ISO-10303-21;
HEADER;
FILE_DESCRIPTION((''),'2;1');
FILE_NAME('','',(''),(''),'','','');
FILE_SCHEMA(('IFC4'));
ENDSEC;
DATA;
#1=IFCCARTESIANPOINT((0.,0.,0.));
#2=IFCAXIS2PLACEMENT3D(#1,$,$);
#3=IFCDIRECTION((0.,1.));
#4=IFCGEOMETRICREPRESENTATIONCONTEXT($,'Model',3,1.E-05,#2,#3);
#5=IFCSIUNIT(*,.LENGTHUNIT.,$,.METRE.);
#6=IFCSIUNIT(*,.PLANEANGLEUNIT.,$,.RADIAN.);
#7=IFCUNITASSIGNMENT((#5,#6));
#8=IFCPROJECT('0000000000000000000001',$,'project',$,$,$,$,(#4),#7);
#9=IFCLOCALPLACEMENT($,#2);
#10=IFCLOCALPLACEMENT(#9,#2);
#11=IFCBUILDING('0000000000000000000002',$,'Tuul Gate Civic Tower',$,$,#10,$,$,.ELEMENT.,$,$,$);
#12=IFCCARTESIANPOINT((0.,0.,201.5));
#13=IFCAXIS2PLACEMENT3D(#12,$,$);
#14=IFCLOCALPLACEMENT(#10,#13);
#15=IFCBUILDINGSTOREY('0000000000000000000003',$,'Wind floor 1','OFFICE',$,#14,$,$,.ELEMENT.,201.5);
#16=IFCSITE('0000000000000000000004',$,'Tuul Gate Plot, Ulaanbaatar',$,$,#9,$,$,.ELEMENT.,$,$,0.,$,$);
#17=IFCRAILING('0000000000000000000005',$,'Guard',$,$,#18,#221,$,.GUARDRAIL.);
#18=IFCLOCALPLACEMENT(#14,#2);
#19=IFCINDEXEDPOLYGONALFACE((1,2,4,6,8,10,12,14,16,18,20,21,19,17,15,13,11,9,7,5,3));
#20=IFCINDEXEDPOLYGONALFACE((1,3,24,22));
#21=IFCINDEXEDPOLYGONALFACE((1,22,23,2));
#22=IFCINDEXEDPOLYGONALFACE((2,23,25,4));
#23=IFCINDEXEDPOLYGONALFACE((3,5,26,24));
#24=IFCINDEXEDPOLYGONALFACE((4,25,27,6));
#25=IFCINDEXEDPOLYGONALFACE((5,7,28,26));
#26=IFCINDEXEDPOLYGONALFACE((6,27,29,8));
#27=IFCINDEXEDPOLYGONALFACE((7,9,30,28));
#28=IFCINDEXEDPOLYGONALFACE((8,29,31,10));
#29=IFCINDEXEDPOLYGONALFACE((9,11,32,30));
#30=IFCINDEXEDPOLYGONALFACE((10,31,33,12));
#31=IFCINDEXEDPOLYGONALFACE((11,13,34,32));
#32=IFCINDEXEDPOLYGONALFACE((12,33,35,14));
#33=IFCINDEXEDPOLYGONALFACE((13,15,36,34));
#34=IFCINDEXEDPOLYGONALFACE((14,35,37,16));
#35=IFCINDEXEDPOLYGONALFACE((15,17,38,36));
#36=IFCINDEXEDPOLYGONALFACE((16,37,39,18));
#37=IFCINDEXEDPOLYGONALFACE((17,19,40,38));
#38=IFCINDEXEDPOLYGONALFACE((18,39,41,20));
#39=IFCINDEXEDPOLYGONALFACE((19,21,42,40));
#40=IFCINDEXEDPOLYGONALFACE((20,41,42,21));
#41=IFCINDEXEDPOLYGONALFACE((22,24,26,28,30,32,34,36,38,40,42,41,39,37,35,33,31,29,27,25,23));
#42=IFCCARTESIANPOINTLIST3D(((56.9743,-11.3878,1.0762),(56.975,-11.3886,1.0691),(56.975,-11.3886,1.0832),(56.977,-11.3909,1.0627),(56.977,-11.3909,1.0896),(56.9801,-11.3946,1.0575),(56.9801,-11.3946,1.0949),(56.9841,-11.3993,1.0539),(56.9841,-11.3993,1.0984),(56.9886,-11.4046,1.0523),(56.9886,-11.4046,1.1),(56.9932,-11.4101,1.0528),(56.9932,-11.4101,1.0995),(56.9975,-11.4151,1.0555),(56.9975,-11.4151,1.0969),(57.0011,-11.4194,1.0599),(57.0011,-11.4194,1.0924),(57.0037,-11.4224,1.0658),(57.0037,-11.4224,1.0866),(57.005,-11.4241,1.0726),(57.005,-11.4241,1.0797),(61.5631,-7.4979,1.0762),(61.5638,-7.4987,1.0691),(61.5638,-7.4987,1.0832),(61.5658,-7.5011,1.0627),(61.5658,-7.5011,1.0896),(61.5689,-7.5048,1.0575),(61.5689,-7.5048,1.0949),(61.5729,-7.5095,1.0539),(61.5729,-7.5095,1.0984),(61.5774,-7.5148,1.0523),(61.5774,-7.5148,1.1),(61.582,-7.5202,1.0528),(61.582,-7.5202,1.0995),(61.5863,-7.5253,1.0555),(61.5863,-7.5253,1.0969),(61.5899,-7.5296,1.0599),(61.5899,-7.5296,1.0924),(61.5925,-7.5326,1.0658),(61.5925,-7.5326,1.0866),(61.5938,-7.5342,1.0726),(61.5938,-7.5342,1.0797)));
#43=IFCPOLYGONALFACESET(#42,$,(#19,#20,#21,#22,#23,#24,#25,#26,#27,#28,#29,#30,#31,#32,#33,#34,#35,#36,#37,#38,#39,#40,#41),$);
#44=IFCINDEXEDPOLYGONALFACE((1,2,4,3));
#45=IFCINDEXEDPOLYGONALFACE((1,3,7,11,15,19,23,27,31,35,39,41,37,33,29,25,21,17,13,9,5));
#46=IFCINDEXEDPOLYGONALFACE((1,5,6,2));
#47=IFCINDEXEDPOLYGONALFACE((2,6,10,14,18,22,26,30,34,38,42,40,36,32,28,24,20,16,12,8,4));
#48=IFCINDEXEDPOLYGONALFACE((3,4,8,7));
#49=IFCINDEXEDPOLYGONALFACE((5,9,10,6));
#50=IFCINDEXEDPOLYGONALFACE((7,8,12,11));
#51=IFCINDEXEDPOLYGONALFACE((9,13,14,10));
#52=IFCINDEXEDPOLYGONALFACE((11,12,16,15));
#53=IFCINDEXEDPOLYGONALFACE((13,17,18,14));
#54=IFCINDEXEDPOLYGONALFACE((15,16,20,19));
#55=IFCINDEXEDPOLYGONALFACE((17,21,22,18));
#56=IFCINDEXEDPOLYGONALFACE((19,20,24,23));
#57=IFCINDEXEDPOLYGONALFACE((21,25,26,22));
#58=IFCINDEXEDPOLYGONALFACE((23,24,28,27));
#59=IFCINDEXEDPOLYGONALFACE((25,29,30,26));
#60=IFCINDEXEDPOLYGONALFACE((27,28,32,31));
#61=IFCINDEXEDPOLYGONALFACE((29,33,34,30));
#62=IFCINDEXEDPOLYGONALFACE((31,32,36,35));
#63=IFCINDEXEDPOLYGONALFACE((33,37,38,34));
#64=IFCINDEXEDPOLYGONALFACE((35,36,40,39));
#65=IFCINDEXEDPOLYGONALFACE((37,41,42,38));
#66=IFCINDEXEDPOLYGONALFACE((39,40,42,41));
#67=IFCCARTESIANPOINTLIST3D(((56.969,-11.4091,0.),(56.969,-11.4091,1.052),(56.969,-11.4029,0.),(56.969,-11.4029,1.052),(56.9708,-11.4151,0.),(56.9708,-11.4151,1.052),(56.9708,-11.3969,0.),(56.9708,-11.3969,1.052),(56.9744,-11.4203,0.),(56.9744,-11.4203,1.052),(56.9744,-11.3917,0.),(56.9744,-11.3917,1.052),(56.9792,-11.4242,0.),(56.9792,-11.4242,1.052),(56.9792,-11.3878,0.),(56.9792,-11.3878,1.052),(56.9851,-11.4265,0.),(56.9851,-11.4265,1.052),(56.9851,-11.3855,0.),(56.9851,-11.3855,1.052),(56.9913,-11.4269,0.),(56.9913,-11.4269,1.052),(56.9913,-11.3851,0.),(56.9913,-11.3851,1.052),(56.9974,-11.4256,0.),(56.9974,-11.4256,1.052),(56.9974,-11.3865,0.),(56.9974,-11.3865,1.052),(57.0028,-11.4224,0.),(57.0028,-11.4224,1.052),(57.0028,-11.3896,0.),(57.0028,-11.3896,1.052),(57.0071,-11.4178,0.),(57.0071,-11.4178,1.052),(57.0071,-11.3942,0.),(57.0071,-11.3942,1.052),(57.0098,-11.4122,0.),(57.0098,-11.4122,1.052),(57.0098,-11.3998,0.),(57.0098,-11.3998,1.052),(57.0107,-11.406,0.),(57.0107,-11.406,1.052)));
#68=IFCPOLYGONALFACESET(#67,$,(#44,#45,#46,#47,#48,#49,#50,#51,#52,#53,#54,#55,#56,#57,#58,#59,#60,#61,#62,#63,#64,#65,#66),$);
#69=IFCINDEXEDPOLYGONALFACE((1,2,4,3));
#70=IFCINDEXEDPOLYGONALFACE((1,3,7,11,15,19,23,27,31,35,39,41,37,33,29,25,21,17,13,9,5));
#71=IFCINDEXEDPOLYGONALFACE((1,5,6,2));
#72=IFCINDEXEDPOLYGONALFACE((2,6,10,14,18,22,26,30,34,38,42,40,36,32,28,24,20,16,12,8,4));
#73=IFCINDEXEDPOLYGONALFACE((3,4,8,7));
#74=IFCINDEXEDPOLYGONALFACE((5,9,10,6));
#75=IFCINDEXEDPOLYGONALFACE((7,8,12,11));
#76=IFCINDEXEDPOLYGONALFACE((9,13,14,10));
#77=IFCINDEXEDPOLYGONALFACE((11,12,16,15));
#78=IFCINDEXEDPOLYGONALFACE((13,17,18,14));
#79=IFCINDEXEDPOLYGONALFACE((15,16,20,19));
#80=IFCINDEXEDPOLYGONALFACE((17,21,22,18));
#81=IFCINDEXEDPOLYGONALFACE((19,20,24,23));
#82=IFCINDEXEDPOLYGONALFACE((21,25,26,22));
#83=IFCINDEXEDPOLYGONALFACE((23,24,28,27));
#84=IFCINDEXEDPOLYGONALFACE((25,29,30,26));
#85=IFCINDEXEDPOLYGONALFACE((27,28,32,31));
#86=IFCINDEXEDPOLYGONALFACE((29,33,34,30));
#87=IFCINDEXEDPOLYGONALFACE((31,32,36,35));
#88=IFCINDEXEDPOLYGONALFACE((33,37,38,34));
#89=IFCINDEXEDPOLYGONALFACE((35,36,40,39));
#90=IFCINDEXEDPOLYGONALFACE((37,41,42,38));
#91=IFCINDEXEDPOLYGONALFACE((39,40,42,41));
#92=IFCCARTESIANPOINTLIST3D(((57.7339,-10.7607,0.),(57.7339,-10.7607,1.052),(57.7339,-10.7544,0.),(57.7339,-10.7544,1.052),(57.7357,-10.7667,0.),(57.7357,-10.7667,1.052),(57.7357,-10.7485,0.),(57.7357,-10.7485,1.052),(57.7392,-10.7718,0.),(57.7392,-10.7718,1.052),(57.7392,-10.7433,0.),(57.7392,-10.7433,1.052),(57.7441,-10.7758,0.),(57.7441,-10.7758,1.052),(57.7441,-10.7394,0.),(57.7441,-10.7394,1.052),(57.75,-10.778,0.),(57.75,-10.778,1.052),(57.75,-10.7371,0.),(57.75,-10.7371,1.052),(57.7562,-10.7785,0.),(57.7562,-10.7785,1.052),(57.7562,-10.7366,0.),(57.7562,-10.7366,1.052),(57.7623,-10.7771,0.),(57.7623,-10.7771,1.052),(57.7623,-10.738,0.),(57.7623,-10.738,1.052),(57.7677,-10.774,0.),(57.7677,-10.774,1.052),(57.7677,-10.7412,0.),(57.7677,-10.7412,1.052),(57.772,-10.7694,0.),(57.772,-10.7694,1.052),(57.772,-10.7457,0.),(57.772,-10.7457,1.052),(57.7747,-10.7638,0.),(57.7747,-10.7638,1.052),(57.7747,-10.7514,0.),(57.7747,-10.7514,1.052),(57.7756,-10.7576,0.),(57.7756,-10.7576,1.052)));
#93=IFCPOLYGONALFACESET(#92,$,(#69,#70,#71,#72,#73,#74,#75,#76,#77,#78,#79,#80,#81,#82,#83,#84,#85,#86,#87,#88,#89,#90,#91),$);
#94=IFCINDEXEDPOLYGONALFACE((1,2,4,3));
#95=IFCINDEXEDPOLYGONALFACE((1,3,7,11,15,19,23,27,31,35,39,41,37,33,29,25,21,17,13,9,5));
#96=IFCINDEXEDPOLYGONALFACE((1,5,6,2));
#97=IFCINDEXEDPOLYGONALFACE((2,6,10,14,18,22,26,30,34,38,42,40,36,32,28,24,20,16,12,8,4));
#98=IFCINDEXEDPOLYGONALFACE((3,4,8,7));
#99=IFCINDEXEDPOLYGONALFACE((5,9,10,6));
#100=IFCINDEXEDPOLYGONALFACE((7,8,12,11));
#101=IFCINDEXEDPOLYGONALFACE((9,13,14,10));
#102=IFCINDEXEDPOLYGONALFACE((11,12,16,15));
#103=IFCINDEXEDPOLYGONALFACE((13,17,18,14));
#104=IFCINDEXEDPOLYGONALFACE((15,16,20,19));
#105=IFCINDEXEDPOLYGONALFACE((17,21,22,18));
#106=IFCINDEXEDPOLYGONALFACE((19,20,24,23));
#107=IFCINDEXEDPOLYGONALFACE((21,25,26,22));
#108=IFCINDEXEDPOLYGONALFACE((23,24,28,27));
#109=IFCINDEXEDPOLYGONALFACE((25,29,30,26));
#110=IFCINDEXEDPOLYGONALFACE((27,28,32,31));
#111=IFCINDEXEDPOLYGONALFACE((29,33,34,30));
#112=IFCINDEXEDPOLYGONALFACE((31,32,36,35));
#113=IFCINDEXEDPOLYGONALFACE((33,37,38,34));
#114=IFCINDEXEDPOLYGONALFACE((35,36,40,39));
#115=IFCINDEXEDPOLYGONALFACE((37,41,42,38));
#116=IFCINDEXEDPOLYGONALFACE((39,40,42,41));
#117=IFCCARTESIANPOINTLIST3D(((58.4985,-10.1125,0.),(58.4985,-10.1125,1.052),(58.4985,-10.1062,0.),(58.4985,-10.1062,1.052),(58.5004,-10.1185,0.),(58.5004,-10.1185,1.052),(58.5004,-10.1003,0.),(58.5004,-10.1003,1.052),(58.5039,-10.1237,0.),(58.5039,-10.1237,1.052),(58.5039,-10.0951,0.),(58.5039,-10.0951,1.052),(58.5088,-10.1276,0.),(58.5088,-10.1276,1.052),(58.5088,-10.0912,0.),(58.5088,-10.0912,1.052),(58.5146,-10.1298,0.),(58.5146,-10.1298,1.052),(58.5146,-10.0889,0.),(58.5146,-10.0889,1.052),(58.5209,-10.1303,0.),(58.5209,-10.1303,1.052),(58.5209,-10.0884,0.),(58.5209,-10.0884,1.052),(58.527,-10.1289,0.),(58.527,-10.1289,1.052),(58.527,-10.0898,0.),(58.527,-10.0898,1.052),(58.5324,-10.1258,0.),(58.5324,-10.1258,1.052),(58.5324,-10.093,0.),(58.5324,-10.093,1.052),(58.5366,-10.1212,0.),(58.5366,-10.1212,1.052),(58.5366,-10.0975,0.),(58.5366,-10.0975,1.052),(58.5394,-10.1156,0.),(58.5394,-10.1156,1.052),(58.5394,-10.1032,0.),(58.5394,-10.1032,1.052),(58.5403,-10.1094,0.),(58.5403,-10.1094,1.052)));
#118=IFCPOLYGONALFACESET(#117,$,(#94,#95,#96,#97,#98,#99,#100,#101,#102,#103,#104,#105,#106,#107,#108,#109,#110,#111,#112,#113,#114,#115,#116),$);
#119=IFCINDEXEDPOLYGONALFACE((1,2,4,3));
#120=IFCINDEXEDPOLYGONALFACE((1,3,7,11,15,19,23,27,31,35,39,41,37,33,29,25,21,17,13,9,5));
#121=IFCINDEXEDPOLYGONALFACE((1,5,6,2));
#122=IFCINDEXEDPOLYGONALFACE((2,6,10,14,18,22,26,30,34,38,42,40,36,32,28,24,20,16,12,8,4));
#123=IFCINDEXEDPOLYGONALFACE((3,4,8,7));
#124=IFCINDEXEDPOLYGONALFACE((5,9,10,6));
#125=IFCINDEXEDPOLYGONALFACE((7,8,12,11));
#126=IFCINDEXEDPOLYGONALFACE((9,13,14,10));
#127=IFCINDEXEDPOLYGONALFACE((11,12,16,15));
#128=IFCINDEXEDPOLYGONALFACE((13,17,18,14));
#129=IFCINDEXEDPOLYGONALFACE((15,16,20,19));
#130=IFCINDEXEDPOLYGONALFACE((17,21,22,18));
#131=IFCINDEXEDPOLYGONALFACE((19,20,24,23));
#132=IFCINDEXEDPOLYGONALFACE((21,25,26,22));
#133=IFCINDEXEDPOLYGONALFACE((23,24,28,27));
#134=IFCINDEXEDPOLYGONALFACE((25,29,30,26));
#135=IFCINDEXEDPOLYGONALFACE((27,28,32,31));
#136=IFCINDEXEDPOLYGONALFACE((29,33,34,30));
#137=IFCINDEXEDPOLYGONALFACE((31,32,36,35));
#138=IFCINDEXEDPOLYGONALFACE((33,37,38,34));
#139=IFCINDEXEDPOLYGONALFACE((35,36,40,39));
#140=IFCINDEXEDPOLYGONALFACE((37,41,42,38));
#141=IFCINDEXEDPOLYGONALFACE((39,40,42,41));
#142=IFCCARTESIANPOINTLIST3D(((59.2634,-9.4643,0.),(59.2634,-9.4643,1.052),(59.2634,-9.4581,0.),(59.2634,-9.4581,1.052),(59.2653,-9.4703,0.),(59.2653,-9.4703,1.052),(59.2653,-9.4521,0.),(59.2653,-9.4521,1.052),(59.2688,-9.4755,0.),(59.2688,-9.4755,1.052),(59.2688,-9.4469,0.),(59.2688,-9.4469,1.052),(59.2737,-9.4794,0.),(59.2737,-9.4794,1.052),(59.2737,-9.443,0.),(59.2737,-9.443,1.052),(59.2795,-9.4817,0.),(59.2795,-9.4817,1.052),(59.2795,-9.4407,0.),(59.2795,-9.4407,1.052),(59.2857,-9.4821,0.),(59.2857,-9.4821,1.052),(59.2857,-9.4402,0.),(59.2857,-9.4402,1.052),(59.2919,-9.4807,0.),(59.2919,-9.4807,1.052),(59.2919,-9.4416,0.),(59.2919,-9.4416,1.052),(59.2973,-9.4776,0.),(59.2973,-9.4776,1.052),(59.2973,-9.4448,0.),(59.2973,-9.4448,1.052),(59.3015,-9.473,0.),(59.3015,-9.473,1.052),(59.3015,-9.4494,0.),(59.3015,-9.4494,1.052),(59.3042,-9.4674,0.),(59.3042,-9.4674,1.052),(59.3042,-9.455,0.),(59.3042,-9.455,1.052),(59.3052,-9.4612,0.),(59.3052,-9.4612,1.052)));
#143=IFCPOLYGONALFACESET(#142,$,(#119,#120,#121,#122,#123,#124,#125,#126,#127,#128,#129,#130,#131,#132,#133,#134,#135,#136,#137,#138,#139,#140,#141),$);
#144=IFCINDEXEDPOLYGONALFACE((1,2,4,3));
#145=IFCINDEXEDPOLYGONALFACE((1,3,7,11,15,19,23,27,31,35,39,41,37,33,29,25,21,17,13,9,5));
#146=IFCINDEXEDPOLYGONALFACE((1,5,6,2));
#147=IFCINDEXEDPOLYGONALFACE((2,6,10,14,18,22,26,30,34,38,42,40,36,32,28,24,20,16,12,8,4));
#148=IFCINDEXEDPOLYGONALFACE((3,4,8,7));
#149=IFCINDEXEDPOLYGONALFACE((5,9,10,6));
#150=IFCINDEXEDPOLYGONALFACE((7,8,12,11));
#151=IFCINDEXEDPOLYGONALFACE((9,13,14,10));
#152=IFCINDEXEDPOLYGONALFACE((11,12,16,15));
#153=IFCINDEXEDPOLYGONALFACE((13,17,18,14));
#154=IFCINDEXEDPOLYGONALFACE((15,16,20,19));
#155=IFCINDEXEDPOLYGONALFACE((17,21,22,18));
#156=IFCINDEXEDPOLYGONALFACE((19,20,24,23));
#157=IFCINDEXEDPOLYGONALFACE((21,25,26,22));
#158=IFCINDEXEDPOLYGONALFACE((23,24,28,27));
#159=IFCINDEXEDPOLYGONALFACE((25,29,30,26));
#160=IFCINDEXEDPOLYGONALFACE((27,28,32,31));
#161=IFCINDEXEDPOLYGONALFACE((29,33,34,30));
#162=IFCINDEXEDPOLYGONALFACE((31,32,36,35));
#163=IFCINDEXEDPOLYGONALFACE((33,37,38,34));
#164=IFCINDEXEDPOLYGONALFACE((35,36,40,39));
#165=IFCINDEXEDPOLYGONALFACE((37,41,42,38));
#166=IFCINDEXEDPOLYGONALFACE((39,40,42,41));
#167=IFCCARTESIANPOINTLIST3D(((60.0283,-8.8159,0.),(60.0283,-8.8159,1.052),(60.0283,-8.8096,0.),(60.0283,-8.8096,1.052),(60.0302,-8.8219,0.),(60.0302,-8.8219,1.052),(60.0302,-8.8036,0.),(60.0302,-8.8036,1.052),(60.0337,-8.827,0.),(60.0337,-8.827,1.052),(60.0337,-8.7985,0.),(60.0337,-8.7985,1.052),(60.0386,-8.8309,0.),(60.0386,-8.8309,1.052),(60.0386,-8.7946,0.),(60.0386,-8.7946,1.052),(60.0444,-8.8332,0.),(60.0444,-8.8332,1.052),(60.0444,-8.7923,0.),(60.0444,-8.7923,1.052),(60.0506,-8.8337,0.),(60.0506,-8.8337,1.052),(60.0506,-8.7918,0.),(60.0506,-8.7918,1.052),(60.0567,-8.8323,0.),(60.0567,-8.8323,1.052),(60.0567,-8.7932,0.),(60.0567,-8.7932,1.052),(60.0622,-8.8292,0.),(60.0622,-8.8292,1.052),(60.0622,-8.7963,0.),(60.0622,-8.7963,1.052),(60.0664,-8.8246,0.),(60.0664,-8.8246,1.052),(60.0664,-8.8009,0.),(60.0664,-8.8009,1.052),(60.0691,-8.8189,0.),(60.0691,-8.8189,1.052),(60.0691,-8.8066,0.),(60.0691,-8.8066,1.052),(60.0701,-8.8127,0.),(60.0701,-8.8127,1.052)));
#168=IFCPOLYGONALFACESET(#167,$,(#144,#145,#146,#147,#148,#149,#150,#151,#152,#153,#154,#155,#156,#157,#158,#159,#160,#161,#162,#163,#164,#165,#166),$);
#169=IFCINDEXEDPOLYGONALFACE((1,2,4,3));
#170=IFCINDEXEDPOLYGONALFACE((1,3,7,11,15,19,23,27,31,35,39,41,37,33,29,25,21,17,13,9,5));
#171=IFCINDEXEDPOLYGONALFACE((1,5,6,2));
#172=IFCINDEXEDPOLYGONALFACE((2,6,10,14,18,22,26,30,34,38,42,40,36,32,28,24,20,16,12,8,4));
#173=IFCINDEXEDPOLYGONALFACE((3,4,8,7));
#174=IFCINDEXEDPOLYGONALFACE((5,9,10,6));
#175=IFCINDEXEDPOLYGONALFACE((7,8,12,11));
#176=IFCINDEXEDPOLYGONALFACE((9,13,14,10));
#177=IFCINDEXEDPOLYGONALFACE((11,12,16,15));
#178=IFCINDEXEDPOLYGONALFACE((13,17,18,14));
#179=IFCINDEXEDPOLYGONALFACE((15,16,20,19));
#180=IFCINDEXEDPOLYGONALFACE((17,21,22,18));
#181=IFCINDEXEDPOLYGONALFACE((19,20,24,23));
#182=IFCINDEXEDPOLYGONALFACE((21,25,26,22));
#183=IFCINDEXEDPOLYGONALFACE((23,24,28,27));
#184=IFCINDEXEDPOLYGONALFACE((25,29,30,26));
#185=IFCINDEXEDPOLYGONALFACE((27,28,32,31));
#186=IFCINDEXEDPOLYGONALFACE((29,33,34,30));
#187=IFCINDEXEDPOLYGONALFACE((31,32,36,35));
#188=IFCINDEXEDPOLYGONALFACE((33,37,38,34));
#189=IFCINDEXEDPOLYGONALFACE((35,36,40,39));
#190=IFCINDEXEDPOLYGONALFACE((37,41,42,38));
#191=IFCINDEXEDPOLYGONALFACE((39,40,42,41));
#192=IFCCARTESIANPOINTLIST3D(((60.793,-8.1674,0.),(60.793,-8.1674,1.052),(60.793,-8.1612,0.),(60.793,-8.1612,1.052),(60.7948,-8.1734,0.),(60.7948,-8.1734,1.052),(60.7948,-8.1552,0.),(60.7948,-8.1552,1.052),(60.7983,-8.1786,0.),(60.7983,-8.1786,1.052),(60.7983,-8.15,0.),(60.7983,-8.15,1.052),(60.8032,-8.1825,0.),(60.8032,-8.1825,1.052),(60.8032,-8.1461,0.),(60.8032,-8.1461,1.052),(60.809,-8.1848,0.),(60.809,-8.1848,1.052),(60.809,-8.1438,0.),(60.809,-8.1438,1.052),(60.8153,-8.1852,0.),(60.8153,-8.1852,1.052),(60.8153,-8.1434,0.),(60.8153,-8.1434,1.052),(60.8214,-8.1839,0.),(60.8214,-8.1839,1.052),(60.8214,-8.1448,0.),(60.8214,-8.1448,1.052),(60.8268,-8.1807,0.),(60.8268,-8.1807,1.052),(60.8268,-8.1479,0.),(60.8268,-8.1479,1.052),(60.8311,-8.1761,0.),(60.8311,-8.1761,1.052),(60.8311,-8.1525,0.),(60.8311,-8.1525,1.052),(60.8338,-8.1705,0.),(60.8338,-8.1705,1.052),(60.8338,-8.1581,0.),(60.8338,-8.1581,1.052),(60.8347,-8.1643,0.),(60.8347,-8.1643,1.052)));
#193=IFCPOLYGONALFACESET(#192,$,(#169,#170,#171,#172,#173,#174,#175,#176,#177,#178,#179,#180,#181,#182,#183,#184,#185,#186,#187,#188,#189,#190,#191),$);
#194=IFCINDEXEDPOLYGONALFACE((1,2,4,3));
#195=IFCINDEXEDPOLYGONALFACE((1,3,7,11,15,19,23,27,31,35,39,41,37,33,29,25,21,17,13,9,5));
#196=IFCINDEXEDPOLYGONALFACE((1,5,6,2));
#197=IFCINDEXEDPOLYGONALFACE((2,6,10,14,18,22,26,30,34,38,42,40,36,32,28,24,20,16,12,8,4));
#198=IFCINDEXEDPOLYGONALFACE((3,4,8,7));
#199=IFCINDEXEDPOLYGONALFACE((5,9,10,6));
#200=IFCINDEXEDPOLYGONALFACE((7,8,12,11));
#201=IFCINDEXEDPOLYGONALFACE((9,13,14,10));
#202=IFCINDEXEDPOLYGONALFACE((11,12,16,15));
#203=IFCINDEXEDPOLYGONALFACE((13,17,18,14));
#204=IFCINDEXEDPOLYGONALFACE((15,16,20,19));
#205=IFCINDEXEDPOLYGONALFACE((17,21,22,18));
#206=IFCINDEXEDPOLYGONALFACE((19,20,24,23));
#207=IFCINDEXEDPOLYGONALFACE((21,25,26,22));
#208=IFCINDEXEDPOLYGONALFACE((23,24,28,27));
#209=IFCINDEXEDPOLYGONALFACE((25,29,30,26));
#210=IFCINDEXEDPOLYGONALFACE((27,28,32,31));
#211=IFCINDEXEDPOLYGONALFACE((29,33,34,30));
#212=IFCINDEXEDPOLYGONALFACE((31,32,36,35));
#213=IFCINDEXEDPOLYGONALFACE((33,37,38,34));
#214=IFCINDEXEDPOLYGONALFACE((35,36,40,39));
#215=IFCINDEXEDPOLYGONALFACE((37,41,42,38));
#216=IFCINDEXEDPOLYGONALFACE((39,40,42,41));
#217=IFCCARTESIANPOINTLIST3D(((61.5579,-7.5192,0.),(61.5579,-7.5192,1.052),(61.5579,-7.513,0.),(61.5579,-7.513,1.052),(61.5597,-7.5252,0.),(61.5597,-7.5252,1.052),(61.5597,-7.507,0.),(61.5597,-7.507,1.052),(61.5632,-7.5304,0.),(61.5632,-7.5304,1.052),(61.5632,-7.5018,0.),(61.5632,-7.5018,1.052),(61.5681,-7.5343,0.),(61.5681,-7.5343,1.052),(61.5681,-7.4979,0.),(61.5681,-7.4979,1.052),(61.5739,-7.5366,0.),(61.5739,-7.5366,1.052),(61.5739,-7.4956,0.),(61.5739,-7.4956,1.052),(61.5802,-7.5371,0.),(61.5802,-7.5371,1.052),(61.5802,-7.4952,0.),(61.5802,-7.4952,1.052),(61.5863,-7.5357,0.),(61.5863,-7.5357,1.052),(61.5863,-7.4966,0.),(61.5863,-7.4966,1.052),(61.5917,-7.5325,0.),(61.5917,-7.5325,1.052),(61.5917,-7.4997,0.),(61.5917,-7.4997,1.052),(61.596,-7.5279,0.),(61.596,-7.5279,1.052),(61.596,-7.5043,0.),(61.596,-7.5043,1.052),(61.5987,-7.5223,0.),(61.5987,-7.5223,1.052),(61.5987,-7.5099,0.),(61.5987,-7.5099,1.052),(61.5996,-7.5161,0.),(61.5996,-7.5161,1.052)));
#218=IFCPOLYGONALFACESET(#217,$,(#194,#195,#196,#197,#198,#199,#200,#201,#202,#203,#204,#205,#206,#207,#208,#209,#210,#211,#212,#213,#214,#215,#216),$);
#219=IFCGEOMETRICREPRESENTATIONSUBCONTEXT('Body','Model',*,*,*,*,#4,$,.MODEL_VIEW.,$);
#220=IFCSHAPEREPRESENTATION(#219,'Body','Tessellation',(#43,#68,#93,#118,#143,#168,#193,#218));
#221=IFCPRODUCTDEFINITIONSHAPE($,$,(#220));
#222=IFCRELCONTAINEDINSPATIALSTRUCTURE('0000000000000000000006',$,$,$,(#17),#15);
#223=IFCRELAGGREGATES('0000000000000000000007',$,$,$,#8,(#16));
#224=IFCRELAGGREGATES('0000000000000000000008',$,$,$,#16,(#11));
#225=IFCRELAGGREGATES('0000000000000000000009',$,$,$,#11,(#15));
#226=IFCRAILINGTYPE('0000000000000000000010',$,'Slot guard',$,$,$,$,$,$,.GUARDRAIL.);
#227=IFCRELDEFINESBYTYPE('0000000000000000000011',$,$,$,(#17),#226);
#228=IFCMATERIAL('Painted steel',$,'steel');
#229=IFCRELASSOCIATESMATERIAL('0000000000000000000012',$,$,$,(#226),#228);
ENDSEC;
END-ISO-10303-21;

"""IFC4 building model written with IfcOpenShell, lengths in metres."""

from ifc_helpers import new_model, si_unit, direction, frame, origin, origin_2d, place, context, subcontext, project, spatial, circle, extrude, material, type_object, element, save


model = new_model("IFC4")

# Units and contexts
model_context = context("Model", 3, precision=1e-05, world=origin(), true_north=direction((0.0, 1.0)))
body_context = subcontext(model_context, "Body", "Model", "MODEL_VIEW")
ifc_project = project(units=[si_unit("LENGTHUNIT", "METRE"), si_unit("PLANEANGLEUNIT", "RADIAN")], contexts=[model_context])

# Site, building, storey
site_placement = place(None, origin())
site = spatial("IfcSite", under=ifc_project, at=site_placement, Name="Tuul Gate Plot, Ulaanbaatar", CompositionType="ELEMENT", RefElevation=0.0)
building_placement = place(site_placement, origin())
building = spatial("IfcBuilding", under=site, at=building_placement, Name="Tuul Gate Civic Tower", CompositionType="ELEMENT")
storey_placement = place(building_placement, frame((0.0, 0.0, 201.5)))
storey = spatial("IfcBuildingStorey", under=building, at=storey_placement, Name="Wind floor 1", Description="OFFICE", CompositionType="ELEMENT", Elevation=201.5)

# Railing
ifc_material_1 = material(Name="Painted steel", Category="steel")
railing_type = type_object("IfcRailingType", Name="Slot guard", PredefinedType="GUARDRAIL", material=ifc_material_1)
railing_1_placement = place(storey_placement, frame((56.9897, -11.406, 0.0)))
element("IfcRailing", 1, at=railing_1_placement, inside=storey, type_object=railing_type, Name="Guard", PredefinedType="GUARDRAIL", context=body_context, shape_type="SweptSolid", body=[
    extrude(circle(Radius=0.0239, at=origin_2d()), frame((0.0, 0.0, 1.0762), z_axis=(0.762812, 0.646621, 0.0), x_axis=(-0.646621, 0.762812, 0.0)), (0.0, 0.0, 1.0), 6.0156),
    extrude(circle(Radius=0.021, at=origin_2d()), origin(), (0.0, 0.0, 1.0), 1.052),
    extrude(circle(Radius=0.021, at=origin_2d()), frame((0.7649, 0.6484, 0.0)), (0.0, 0.0, 1.0), 1.052),
    extrude(circle(Radius=0.021, at=origin_2d()), frame((1.5295, 1.2966, 0.0)), (0.0, 0.0, 1.0), 1.052),
    extrude(circle(Radius=0.021, at=origin_2d()), frame((2.2944, 1.9448, 0.0)), (0.0, 0.0, 1.0), 1.052),
    extrude(circle(Radius=0.021, at=origin_2d()), frame((3.0593, 2.5933, 0.0)), (0.0, 0.0, 1.0), 1.052),
    extrude(circle(Radius=0.021, at=origin_2d()), frame((3.824, 3.2417, 0.0)), (0.0, 0.0, 1.0), 1.052),
    extrude(circle(Radius=0.021, at=origin_2d()), frame((4.5889, 3.8899, 0.0)), (0.0, 0.0, 1.0), 1.052),
])

save(model, "model.ifc")
